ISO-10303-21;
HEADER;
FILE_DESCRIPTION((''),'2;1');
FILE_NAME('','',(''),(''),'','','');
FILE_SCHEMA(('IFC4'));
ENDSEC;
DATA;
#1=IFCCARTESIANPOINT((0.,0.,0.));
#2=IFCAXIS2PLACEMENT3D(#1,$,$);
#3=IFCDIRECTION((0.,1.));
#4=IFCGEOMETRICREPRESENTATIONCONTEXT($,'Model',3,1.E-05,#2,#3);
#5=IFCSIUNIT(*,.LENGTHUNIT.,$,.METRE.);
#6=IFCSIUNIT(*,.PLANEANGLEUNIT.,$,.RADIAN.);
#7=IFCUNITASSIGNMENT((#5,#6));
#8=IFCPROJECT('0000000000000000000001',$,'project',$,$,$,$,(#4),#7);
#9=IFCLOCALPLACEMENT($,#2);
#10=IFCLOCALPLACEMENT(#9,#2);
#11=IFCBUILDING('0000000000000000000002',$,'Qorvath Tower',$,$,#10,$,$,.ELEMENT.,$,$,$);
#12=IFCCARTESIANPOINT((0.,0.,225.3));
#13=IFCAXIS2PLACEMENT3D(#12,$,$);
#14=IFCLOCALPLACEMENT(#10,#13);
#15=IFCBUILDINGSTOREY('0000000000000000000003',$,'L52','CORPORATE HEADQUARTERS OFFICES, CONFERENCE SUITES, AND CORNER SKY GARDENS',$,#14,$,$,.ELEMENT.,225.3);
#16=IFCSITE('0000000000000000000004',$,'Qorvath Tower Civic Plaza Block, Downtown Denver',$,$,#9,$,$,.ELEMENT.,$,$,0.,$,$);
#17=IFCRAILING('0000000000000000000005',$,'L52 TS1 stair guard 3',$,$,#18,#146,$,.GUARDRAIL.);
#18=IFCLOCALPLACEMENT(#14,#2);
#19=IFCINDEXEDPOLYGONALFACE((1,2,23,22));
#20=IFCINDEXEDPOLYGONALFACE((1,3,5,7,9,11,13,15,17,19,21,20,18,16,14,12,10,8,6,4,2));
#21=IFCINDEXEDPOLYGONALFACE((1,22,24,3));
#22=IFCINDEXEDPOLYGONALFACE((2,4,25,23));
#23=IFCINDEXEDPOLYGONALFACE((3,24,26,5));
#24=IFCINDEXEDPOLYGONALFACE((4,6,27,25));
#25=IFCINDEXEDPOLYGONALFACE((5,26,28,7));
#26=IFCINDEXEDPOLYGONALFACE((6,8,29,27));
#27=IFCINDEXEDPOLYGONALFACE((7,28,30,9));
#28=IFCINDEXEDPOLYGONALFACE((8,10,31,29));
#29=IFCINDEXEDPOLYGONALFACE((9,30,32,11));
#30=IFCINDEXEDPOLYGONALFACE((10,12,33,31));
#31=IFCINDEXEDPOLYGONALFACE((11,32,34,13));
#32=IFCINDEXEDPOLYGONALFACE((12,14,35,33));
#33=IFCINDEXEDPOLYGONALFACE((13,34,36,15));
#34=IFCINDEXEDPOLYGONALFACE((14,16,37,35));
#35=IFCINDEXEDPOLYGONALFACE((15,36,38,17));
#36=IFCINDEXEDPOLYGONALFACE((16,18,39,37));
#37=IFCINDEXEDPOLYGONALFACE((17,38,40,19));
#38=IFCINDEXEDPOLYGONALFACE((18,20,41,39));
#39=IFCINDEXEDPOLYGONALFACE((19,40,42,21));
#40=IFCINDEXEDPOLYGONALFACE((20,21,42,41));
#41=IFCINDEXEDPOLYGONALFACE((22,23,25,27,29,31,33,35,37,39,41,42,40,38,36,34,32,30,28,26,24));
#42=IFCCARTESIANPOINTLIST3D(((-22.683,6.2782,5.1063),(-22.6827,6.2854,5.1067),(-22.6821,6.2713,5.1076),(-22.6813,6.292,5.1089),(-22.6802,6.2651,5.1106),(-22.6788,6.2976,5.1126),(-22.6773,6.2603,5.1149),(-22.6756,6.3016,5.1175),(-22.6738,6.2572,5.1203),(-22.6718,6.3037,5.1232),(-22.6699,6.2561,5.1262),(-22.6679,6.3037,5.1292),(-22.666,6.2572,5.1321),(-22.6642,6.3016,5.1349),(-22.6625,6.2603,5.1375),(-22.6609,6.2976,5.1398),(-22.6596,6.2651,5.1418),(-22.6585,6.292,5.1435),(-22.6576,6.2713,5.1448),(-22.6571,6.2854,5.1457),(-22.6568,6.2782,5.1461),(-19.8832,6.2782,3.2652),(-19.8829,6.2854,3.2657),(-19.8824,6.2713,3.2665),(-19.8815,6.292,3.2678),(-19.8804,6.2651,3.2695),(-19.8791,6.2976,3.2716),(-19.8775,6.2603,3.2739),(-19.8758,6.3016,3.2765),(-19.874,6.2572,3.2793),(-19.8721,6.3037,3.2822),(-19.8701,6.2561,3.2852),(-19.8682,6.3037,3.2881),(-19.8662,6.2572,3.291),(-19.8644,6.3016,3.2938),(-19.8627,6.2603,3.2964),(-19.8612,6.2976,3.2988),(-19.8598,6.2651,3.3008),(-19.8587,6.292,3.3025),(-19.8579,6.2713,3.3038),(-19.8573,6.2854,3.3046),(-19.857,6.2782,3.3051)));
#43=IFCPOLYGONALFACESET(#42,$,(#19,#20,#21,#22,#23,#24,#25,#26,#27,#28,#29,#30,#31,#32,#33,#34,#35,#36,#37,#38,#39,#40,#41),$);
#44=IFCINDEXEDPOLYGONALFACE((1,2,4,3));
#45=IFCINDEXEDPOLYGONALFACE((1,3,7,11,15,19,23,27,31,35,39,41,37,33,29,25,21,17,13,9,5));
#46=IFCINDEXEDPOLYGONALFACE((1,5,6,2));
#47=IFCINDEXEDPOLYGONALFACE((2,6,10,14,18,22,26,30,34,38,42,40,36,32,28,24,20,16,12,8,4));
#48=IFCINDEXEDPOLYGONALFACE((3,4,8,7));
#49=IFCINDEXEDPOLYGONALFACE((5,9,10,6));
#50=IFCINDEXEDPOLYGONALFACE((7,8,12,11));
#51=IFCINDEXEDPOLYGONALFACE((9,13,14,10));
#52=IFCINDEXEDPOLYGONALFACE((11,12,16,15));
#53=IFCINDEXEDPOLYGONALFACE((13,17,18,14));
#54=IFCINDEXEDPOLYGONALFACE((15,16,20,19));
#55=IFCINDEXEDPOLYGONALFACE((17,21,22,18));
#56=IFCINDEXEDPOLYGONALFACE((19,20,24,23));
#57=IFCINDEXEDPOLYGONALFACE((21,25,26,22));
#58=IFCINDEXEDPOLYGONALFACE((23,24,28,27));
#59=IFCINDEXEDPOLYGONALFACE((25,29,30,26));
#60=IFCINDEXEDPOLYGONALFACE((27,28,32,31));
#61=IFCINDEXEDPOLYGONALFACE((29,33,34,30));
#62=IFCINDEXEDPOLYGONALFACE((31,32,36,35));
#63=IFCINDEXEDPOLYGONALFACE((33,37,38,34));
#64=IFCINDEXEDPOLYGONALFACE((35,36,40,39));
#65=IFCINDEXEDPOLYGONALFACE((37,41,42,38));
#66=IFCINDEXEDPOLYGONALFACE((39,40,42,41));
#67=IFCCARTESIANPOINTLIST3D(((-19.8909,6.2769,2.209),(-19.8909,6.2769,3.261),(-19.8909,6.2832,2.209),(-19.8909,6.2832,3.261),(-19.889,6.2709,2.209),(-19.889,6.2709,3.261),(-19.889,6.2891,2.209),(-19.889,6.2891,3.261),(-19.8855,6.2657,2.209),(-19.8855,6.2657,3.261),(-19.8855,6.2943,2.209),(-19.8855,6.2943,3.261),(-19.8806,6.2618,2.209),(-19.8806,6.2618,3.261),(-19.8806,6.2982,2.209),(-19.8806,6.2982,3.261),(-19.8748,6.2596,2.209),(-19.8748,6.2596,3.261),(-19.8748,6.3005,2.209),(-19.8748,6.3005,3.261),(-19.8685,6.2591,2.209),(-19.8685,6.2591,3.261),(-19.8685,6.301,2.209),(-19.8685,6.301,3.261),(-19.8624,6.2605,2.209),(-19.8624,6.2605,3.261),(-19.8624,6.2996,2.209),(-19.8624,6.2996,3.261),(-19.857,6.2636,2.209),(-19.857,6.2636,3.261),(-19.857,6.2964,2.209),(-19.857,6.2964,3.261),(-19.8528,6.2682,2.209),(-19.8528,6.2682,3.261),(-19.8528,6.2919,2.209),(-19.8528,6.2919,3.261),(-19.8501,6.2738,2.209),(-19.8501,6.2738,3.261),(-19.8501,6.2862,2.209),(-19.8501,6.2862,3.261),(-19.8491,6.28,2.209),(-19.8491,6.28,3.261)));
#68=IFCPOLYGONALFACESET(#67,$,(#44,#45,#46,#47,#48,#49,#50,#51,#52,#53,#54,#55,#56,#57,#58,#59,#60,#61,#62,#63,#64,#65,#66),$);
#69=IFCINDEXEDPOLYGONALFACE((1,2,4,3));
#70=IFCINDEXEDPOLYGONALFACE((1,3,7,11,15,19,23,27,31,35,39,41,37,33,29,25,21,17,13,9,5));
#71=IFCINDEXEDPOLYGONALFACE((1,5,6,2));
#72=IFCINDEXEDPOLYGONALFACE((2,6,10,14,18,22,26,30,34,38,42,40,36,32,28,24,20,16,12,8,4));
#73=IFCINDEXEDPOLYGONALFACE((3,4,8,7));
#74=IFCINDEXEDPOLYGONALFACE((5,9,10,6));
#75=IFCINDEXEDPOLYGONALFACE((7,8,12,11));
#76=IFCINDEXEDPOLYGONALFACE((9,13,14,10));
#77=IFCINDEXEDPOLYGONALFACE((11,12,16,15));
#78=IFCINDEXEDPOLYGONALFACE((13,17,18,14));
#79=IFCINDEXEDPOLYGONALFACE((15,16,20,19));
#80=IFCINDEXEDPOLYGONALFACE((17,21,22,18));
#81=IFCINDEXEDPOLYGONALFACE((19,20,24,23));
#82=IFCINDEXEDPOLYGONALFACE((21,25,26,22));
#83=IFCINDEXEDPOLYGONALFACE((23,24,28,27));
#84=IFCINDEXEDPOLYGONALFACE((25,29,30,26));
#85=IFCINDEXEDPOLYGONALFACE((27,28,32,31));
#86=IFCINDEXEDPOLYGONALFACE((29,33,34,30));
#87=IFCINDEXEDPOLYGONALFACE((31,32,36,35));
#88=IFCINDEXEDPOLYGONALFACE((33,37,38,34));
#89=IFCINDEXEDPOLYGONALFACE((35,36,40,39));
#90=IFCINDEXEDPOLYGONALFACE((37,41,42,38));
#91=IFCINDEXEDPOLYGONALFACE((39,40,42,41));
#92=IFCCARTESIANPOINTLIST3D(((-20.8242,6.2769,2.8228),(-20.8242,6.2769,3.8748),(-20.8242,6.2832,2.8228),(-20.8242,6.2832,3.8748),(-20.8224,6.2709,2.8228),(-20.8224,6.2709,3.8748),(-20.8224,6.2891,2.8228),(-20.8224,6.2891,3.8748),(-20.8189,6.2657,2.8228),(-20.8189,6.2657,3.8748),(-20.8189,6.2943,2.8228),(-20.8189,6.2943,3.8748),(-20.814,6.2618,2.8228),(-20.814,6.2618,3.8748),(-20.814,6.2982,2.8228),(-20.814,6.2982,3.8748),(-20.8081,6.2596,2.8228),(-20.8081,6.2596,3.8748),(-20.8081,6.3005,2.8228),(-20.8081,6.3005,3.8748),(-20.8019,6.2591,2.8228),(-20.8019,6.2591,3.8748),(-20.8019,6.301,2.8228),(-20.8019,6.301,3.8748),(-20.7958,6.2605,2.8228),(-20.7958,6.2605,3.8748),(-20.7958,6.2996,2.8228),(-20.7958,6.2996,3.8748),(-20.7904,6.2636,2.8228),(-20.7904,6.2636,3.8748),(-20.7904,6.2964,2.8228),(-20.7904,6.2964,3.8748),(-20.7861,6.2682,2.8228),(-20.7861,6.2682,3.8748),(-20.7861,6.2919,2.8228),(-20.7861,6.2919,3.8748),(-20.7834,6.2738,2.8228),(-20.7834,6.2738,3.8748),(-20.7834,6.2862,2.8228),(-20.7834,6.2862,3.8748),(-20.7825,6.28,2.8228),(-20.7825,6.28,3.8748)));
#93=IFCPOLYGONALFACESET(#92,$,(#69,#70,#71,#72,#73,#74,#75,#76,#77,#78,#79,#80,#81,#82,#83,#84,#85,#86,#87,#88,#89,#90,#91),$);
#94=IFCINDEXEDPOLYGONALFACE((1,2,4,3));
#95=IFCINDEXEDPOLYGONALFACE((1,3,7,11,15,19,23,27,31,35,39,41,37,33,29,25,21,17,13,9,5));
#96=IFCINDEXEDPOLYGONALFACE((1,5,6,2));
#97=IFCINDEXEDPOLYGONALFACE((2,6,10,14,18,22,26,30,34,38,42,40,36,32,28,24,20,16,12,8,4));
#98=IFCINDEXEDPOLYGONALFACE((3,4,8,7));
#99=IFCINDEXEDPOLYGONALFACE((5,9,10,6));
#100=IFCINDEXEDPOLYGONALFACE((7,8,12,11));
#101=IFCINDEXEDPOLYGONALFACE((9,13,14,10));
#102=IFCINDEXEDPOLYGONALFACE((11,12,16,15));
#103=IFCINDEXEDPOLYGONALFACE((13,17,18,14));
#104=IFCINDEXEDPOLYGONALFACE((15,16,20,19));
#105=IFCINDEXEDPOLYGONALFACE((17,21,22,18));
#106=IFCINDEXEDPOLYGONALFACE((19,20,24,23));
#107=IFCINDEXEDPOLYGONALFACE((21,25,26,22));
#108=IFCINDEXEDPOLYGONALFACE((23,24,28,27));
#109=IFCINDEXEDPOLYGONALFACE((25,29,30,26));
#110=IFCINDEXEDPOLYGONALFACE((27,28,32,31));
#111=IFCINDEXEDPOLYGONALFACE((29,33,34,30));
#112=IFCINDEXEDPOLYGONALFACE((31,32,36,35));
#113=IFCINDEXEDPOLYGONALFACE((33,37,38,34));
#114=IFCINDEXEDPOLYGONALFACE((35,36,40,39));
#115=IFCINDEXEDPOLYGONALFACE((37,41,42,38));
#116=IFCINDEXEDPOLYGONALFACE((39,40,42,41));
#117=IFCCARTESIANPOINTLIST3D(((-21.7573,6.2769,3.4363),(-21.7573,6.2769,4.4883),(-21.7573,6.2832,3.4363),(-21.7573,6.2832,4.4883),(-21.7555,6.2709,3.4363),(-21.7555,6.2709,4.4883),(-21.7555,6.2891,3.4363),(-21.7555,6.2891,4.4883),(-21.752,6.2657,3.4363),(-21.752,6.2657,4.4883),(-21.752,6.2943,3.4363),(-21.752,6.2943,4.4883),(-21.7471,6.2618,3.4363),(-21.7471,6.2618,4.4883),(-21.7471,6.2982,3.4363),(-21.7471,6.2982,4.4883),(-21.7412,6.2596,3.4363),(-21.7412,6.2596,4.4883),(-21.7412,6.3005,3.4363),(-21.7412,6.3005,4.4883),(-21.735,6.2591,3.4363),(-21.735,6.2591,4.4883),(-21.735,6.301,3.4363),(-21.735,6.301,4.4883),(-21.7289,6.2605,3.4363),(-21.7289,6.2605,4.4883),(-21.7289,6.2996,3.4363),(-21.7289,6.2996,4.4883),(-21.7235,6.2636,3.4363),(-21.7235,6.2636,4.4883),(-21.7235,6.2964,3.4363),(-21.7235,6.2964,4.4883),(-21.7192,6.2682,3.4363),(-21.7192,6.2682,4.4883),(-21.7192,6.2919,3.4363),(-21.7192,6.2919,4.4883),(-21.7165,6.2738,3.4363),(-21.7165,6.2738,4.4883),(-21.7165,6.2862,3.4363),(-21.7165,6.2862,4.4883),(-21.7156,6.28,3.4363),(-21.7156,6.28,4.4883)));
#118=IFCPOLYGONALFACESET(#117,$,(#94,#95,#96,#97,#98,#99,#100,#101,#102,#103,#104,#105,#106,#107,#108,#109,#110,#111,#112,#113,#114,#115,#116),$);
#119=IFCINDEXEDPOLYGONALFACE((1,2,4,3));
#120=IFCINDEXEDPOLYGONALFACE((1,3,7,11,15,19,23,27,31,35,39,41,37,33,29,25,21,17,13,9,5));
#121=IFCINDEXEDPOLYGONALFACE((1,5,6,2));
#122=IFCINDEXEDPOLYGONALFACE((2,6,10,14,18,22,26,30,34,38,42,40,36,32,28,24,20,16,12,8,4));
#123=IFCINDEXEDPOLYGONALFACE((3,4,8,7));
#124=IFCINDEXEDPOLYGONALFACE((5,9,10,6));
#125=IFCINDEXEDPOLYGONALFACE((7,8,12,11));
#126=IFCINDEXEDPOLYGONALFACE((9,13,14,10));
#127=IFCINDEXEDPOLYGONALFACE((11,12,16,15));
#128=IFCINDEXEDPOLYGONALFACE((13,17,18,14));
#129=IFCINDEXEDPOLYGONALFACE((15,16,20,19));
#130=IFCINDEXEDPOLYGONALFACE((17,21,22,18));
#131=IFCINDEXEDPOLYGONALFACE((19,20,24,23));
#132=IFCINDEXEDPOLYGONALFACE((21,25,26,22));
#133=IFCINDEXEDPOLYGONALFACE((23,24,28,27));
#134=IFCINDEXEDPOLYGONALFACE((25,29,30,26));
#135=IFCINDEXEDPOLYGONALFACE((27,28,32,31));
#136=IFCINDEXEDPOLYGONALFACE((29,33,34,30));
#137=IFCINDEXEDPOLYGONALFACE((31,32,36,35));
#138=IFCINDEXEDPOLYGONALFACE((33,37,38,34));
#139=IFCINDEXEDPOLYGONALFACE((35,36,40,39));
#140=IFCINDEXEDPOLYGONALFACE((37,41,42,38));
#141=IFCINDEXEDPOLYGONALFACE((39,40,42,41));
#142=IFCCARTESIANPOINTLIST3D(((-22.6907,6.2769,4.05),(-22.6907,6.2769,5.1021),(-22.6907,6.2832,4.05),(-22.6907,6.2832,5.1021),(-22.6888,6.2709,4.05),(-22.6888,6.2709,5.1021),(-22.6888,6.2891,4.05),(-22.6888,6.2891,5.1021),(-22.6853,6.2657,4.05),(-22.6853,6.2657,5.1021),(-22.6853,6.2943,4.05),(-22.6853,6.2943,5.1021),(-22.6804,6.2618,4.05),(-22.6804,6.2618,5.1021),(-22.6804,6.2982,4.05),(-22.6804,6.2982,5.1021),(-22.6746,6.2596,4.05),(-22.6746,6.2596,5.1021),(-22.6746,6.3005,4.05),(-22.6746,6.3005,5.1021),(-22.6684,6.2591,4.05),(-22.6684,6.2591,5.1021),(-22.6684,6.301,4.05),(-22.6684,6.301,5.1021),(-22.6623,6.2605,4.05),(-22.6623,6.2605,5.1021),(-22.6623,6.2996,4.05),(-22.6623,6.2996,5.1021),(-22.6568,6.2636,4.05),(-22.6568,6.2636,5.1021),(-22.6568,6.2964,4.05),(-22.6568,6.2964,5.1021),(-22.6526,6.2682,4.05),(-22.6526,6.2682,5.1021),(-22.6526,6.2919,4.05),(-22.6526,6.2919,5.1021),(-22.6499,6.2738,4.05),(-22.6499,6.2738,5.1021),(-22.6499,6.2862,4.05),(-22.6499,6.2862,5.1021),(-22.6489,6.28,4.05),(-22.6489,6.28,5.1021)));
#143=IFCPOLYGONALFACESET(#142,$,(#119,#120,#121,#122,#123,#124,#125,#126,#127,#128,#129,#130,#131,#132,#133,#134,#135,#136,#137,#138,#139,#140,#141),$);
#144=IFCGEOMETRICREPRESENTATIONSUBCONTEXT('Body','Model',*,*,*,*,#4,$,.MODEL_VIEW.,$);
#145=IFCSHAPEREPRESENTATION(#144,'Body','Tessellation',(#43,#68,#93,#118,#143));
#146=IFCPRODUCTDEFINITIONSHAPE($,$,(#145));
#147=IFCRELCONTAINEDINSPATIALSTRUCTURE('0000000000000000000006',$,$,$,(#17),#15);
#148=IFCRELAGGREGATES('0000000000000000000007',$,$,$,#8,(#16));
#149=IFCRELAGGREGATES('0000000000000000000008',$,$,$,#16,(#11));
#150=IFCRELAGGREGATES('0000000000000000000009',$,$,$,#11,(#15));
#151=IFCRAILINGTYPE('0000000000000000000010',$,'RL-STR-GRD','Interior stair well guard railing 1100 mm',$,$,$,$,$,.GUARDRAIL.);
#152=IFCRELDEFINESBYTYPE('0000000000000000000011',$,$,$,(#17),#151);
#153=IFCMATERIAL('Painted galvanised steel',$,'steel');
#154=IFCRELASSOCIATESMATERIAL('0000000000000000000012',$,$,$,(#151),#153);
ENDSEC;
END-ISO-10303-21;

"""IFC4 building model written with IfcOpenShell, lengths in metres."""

from ifc_helpers import new_model, si_unit, direction, frame, origin, origin_2d, place, context, subcontext, project, spatial, circle, extrude, material, type_object, element, save


model = new_model("IFC4")

# Units and contexts
model_context = context("Model", 3, precision=1e-05, world=origin(), true_north=direction((0.0, 1.0)))
body_context = subcontext(model_context, "Body", "Model", "MODEL_VIEW")
ifc_project = project(units=[si_unit("LENGTHUNIT", "METRE"), si_unit("PLANEANGLEUNIT", "RADIAN")], contexts=[model_context])

# Site, building, storey
site_placement = place(None, origin())
site = spatial("IfcSite", under=ifc_project, at=site_placement, Name="Qorvath Tower Civic Plaza Block, Downtown Denver", CompositionType="ELEMENT", RefElevation=0.0)
building_placement = place(site_placement, origin())
building = spatial("IfcBuilding", under=site, at=building_placement, Name="Qorvath Tower", CompositionType="ELEMENT")
storey_placement = place(building_placement, frame((0.0, 0.0, 225.3)))
storey = spatial("IfcBuildingStorey", under=building, at=storey_placement, Name="L52", Description="CORPORATE HEADQUARTERS OFFICES, CONFERENCE SUITES, AND CORNER SKY GARDENS", CompositionType="ELEMENT", Elevation=225.3)

# Railing
ifc_material_1 = material(Name="Painted galvanised steel", Category="steel")
railing_type_1 = type_object("IfcRailingType", Name="RL-STR-GRD", Description="Interior stair well guard railing 1100 mm", PredefinedType="GUARDRAIL", material=ifc_material_1)
railing_1_placement = place(storey_placement, frame((-19.8701, 6.28, 2.209)))
element("IfcRailing", 1, at=railing_1_placement, inside=storey, type_object=railing_type_1, Name="L52 TS1 stair guard 3", PredefinedType="GUARDRAIL", context=body_context, shape_type="SweptSolid", body=[
    extrude(circle(Radius=0.0239, at=origin_2d()), frame((0.0, 0.0, 1.0762), z_axis=(-0.835542, 0.0, 0.549426), x_axis=(0.0, -1.0, 0.0)), (0.0, 0.0, 1.0), 3.3508),
    extrude(circle(Radius=0.021, at=origin_2d()), origin(), (0.0, 0.0, 1.0), 1.052),
    extrude(circle(Radius=0.021, at=origin_2d()), frame((-0.9333, 0.0, 0.6138)), (0.0, 0.0, 1.0), 1.052),
    extrude(circle(Radius=0.021, at=origin_2d()), frame((-1.8665, 0.0, 1.2273)), (0.0, 0.0, 1.0), 1.052),
    extrude(circle(Radius=0.021, at=origin_2d()), frame((-2.7998, 0.0, 1.8411)), (0.0, 0.0, 1.0), 1.052),
])

save(model, "model.ifc")
